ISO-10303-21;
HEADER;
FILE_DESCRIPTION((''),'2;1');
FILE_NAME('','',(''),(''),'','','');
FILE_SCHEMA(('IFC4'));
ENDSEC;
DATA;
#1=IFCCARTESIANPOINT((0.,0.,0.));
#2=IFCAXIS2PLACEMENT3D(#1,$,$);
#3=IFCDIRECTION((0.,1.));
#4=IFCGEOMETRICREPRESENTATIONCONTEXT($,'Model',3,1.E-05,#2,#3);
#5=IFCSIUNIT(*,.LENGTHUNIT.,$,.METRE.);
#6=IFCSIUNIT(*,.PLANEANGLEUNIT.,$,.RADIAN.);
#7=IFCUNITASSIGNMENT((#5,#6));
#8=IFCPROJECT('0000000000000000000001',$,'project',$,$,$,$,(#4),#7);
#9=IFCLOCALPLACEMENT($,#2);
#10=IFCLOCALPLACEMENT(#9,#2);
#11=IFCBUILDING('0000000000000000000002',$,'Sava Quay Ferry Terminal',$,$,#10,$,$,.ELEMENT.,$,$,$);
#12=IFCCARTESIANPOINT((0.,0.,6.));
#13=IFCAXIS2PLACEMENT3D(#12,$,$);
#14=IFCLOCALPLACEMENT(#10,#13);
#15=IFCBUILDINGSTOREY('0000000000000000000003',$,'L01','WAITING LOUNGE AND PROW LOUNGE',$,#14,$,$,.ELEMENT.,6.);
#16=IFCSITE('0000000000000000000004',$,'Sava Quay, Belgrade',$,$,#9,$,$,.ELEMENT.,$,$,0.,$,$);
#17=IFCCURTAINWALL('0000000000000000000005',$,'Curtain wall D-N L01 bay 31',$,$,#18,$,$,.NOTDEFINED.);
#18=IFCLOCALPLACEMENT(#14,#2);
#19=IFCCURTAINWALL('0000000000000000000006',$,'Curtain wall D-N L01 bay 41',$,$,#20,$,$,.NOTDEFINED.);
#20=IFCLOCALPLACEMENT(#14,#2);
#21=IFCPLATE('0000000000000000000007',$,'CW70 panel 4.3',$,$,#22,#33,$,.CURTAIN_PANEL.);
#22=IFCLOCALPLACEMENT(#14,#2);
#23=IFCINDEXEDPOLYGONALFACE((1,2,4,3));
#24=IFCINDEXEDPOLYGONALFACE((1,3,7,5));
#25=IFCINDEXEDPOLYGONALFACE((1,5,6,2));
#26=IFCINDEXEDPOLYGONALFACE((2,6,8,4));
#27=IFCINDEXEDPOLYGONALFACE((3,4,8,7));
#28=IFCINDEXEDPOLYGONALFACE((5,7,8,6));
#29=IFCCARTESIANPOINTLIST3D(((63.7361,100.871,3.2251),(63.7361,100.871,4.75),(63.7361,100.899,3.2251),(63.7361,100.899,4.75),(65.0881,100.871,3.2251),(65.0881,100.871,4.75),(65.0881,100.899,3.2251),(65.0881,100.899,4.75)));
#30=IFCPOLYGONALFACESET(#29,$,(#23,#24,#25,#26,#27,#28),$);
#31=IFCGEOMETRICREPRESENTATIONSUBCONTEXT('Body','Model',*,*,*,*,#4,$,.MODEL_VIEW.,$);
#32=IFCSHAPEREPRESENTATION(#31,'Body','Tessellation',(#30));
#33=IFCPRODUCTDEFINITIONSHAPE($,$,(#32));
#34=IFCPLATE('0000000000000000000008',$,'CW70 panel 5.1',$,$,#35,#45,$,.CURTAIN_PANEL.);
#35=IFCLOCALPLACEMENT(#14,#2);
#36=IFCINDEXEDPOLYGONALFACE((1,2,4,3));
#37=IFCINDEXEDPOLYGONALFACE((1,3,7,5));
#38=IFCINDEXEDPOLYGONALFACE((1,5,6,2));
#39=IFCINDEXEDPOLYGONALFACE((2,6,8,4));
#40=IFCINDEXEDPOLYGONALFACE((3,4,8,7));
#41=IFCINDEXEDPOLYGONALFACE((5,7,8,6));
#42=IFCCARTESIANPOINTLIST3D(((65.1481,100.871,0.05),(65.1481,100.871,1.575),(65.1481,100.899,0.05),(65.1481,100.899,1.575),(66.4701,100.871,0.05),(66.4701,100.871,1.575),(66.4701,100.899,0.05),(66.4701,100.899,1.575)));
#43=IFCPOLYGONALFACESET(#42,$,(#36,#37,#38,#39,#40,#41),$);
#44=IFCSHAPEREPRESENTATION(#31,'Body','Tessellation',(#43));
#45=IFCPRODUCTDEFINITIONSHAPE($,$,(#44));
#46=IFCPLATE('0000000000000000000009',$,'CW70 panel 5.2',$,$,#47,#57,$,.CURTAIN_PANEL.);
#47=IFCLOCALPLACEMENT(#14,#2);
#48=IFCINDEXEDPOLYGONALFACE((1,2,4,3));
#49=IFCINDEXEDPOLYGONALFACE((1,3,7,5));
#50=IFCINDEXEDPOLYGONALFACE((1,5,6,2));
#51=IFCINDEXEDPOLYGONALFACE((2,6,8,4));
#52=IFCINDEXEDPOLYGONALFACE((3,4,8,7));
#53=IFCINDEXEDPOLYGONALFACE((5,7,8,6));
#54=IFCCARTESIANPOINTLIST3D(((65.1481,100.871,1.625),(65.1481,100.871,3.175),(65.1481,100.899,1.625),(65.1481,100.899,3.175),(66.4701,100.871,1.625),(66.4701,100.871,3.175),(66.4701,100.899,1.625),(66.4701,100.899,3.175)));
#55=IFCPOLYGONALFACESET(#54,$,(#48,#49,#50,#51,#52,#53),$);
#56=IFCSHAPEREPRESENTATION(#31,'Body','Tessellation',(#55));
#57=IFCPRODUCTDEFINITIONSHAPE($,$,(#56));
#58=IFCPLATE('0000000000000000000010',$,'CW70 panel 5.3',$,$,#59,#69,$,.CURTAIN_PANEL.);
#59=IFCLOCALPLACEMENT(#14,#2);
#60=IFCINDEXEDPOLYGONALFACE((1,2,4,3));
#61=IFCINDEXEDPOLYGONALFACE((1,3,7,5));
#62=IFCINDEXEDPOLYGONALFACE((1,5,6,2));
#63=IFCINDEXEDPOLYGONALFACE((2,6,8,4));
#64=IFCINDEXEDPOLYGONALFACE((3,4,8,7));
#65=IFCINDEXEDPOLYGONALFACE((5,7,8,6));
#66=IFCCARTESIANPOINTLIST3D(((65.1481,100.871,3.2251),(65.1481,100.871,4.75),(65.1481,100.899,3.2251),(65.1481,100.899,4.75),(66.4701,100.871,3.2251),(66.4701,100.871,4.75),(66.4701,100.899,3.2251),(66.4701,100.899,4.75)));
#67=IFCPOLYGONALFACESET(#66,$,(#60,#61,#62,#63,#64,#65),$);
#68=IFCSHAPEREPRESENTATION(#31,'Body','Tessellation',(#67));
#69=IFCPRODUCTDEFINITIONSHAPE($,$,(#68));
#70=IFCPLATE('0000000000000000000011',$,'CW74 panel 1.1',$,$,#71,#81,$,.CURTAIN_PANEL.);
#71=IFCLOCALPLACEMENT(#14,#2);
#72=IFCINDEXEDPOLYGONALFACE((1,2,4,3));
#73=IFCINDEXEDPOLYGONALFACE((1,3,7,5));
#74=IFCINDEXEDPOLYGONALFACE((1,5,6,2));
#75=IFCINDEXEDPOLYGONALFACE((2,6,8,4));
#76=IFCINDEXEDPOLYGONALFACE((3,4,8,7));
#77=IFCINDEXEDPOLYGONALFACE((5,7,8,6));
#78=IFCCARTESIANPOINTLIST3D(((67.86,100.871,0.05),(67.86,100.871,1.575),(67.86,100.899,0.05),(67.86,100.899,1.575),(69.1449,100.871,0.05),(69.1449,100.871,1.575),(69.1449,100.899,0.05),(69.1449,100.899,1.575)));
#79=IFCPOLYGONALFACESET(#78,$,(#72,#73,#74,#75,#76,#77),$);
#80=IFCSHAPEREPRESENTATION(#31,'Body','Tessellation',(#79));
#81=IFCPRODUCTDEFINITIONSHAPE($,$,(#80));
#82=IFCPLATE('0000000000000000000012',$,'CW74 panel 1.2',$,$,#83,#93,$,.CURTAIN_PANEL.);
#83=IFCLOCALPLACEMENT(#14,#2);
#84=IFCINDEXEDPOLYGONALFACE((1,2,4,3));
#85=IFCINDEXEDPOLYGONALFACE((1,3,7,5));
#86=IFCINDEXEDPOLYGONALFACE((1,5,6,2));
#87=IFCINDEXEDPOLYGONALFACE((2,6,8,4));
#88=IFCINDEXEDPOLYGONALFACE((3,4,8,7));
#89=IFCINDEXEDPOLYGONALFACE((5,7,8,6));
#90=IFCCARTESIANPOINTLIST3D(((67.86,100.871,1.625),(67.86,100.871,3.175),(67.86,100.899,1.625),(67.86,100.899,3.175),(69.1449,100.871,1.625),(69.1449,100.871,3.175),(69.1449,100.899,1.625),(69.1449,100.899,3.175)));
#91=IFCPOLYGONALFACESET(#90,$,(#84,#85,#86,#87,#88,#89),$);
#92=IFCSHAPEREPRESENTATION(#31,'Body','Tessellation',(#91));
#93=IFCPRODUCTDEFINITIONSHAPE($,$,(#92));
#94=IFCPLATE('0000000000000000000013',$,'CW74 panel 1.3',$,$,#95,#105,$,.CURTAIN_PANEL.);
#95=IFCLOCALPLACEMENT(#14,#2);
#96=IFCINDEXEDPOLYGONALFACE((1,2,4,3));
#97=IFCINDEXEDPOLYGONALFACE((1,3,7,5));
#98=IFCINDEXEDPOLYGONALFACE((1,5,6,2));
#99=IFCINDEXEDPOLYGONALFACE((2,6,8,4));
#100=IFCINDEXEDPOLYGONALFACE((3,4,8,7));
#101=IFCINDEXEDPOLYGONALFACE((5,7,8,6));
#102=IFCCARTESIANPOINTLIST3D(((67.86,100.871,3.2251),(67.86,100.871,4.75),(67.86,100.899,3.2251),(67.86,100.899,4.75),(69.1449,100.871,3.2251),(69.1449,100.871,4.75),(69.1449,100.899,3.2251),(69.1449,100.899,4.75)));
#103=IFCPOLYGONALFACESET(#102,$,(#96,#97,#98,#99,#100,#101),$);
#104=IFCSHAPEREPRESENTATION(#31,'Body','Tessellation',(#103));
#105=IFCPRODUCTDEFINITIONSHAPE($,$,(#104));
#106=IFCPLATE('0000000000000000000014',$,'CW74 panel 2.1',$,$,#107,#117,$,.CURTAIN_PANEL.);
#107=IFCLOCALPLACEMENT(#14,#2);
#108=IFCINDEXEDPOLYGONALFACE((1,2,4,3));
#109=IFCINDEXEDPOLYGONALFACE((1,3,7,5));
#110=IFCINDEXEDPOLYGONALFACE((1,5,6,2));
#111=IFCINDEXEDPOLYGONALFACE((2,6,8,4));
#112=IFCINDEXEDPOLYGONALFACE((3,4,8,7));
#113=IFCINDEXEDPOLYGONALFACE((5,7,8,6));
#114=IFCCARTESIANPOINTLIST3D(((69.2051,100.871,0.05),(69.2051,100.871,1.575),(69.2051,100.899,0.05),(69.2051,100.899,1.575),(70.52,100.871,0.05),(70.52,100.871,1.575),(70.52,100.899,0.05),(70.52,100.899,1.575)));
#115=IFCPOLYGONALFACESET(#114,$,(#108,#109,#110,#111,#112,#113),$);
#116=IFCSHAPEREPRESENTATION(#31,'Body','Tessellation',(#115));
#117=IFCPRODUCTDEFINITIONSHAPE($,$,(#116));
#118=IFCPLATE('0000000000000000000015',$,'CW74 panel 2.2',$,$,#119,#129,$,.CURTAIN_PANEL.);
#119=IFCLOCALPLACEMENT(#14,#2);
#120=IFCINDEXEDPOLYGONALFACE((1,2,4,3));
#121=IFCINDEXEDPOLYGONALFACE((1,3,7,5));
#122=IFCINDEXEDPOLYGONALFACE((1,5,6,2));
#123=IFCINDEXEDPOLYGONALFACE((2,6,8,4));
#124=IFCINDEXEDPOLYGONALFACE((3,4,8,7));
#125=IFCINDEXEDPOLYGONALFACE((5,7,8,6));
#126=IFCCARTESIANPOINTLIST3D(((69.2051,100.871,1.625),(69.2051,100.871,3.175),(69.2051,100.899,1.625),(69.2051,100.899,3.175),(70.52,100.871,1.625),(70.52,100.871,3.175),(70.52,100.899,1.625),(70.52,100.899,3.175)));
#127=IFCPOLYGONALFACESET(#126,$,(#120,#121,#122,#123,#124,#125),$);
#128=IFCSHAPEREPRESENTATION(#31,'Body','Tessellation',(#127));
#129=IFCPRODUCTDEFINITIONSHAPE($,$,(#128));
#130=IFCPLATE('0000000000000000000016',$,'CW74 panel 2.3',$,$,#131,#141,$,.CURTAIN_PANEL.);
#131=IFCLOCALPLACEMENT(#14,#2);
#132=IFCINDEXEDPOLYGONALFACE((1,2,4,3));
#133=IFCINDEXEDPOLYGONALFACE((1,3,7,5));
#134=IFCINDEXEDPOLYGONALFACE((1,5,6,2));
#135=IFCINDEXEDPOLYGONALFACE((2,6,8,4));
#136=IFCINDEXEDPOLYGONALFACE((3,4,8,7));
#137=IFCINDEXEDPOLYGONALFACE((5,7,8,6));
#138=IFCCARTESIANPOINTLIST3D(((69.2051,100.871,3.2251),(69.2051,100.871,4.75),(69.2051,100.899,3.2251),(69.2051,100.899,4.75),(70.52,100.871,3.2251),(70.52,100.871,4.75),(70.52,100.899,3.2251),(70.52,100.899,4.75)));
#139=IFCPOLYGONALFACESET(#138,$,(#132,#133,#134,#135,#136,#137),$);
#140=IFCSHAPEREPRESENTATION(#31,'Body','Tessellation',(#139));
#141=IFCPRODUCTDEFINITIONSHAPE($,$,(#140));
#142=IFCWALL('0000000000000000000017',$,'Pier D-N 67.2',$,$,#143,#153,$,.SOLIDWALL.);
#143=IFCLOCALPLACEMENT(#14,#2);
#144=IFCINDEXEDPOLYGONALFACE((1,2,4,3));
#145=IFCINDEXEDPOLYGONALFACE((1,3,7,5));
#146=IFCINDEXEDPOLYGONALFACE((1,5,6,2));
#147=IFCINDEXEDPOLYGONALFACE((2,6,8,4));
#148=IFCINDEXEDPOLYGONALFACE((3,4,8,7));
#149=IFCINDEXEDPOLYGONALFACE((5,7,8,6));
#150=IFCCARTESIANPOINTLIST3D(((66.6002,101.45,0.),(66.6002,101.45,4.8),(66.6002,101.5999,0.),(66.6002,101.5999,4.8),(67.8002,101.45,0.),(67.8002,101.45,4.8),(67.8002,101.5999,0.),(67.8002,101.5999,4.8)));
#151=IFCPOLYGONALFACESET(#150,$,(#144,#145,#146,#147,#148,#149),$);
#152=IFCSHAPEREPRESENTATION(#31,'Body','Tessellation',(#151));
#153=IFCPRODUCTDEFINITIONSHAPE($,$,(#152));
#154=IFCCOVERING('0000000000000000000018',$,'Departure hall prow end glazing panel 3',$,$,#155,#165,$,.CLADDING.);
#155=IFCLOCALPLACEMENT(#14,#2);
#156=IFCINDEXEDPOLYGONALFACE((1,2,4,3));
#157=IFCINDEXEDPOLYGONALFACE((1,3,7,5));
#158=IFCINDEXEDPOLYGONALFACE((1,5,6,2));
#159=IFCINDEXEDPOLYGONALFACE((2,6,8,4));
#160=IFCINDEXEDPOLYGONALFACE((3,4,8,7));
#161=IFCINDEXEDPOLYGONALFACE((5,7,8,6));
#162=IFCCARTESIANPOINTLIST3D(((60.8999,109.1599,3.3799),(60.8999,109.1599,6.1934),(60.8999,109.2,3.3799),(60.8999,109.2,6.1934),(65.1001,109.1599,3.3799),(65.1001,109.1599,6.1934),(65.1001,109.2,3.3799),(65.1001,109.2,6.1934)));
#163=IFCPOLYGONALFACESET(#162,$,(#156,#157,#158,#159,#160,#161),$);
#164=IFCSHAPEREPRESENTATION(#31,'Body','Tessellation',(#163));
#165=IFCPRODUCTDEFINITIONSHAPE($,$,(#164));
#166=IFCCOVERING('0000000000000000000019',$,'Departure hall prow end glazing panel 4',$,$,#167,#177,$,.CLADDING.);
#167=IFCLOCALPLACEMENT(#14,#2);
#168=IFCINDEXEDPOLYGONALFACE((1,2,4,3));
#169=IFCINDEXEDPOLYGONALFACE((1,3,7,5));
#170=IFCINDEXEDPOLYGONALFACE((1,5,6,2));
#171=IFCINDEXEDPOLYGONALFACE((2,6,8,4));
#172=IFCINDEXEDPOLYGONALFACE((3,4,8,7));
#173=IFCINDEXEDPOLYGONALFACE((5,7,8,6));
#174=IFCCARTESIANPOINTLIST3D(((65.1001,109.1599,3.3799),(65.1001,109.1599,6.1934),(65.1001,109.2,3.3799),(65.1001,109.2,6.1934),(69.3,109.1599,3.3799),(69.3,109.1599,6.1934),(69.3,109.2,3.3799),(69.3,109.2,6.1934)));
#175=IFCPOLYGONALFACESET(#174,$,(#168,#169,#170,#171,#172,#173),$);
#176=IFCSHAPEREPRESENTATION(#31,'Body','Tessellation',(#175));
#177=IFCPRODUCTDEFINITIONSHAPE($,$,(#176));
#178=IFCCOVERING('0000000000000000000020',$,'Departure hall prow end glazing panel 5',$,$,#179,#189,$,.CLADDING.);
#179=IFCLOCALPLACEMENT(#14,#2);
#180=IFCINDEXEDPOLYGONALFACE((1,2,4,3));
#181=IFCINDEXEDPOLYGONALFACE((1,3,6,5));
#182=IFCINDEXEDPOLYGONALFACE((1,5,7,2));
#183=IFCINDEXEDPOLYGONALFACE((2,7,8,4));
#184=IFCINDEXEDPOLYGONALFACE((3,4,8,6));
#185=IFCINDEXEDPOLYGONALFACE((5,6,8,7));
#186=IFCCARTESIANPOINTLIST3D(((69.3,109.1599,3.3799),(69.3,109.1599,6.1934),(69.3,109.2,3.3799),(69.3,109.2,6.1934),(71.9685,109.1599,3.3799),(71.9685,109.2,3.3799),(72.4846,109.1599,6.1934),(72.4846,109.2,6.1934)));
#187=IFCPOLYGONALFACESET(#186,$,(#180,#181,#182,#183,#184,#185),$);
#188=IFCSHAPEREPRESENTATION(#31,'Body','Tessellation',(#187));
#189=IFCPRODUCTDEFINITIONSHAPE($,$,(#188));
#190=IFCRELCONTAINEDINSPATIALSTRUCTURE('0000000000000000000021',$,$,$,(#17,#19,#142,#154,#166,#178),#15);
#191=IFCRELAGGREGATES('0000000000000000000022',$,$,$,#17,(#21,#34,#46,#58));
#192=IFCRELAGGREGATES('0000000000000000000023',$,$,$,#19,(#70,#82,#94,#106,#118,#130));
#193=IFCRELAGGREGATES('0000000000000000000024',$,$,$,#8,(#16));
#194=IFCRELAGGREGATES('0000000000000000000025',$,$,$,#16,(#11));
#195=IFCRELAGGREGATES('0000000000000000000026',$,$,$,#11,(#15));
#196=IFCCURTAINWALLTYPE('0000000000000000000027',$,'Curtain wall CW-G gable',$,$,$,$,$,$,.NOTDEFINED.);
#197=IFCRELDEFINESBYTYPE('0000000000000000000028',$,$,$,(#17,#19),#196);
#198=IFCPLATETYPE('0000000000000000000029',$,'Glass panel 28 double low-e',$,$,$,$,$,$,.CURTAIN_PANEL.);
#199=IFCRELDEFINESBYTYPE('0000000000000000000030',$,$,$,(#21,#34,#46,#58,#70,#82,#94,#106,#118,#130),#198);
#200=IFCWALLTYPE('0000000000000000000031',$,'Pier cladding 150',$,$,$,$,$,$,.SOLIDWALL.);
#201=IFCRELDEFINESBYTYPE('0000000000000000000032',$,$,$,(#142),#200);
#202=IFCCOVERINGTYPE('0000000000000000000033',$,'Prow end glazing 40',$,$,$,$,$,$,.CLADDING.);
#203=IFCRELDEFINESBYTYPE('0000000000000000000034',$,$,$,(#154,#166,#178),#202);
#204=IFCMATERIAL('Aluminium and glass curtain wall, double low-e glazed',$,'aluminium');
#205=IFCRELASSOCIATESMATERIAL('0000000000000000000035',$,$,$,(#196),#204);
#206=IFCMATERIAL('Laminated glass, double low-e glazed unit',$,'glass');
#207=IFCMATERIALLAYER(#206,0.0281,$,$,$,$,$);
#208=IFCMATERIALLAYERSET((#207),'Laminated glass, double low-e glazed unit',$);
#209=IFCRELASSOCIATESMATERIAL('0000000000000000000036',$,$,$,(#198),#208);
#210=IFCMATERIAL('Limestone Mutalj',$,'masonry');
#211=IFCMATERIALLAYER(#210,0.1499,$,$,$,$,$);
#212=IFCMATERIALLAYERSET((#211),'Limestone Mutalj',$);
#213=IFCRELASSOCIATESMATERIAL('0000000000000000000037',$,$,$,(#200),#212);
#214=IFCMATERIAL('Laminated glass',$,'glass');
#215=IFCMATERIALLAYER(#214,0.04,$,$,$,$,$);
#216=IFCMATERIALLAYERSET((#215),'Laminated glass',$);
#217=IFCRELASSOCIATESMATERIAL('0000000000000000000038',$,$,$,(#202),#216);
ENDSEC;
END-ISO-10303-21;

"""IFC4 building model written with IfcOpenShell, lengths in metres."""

from ifc_helpers import new_model, si_unit, direction, frame, frame_2d, origin, origin_2d, place, context, subcontext, project, spatial, polyline, rectangle, outline, extrude, material, layer, layer_set, type_object, element, aggregate, save


model = new_model("IFC4")

# Units and contexts
model_context = context("Model", 3, precision=1e-05, world=origin(), true_north=direction((0.0, 1.0)))
body_context = subcontext(model_context, "Body", "Model", "MODEL_VIEW")
ifc_project = project(units=[si_unit("LENGTHUNIT", "METRE"), si_unit("PLANEANGLEUNIT", "RADIAN")], contexts=[model_context])

# Site, building, storey
site_placement = place(None, origin())
site = spatial("IfcSite", under=ifc_project, at=site_placement, Name="Sava Quay, Belgrade", CompositionType="ELEMENT", RefElevation=0.0)
building_placement = place(site_placement, origin())
building = spatial("IfcBuilding", under=site, at=building_placement, Name="Sava Quay Ferry Terminal", CompositionType="ELEMENT")
storey_placement = place(building_placement, frame((0.0, 0.0, 6.0)))
storey = spatial("IfcBuildingStorey", under=building, at=storey_placement, Name="L01", Description="WAITING LOUNGE AND PROW LOUNGE", CompositionType="ELEMENT", Elevation=6.0)

# Curtain walls
ifc_material_1 = material(Name="Aluminium and glass curtain wall, double low-e glazed", Category="aluminium")
curtain_wall_type = type_object("IfcCurtainWallType", Name="Curtain wall CW-G gable", PredefinedType="NOTDEFINED", material=ifc_material_1)
curtain_wall_1_placement = place(storey_placement, origin())
curtain_wall_1 = element("IfcCurtainWall", 1, at=curtain_wall_1_placement, inside=storey, type_object=curtain_wall_type, Name="Curtain wall D-N L01 bay 31", PredefinedType="NOTDEFINED")
curtain_wall_2_placement = place(storey_placement, origin())
curtain_wall_2 = element("IfcCurtainWall", 2, at=curtain_wall_2_placement, inside=storey, type_object=curtain_wall_type, Name="Curtain wall D-N L01 bay 41", PredefinedType="NOTDEFINED")

# Plates
ifc_material_2 = material(Name="Laminated glass, double low-e glazed unit", Category="glass")
ifc_layer_1 = layer(ifc_material_2, 0.0281)
ifc_layer_set_1 = layer_set([ifc_layer_1], Name="Laminated glass, double low-e glazed unit")
plate_type = type_object("IfcPlateType", Name="Glass panel 28 double low-e", PredefinedType="CURTAIN_PANEL", material=ifc_layer_set_1)
plate_1_placement = place(storey_placement, frame((64.4121, 100.885, 3.2251), z_axis=(0.0, 0.0, 1.0), x_axis=(1.0, 0.0, 0.0)))
plate_1 = element("IfcPlate", 3, at=plate_1_placement, type_object=plate_type, Name="CW70 panel 4.3", PredefinedType="CURTAIN_PANEL", context=body_context, shape_type="SweptSolid", body=[
    extrude(rectangle(XDim=1.3521, YDim=0.0281, at=origin_2d()), origin(), (0.0, 0.0, 1.0), 1.5249),
])
plate_2_placement = place(storey_placement, frame((65.8091, 100.885, 0.05), z_axis=(0.0, 0.0, 1.0), x_axis=(1.0, 0.0, 0.0)))
plate_2 = element("IfcPlate", 4, at=plate_2_placement, type_object=plate_type, Name="CW70 panel 5.1", PredefinedType="CURTAIN_PANEL", context=body_context, shape_type="SweptSolid", body=[
    extrude(rectangle(XDim=1.322, YDim=0.0281, at=origin_2d()), origin(), (0.0, 0.0, 1.0), 1.5249),
])
plate_3_placement = place(storey_placement, frame((65.8091, 100.885, 1.625), z_axis=(0.0, 0.0, 1.0), x_axis=(1.0, 0.0, 0.0)))
plate_3 = element("IfcPlate", 5, at=plate_3_placement, type_object=plate_type, Name="CW70 panel 5.2", PredefinedType="CURTAIN_PANEL", context=body_context, shape_type="SweptSolid", body=[
    extrude(rectangle(XDim=1.322, YDim=0.0281, at=origin_2d()), origin(), (0.0, 0.0, 1.0), 1.55),
])
plate_4_placement = place(storey_placement, frame((65.8091, 100.885, 3.2251), z_axis=(0.0, 0.0, 1.0), x_axis=(1.0, 0.0, 0.0)))
plate_4 = element("IfcPlate", 6, at=plate_4_placement, type_object=plate_type, Name="CW70 panel 5.3", PredefinedType="CURTAIN_PANEL", context=body_context, shape_type="SweptSolid", body=[
    extrude(rectangle(XDim=1.322, YDim=0.0281, at=origin_2d()), origin(), (0.0, 0.0, 1.0), 1.5249),
])
aggregate(curtain_wall_1, [plate_1, plate_2, plate_3, plate_4])
plate_5_placement = place(storey_placement, frame((68.5024, 100.885, 0.05), z_axis=(0.0, 0.0, 1.0), x_axis=(1.0, 0.0, 0.0)))
plate_5 = element("IfcPlate", 7, at=plate_5_placement, type_object=plate_type, Name="CW74 panel 1.1", PredefinedType="CURTAIN_PANEL", context=body_context, shape_type="SweptSolid", body=[
    extrude(rectangle(XDim=1.2849, YDim=0.0281, at=origin_2d()), origin(), (0.0, 0.0, 1.0), 1.5249),
])
plate_6_placement = place(storey_placement, frame((68.5024, 100.885, 1.625), z_axis=(0.0, 0.0, 1.0), x_axis=(1.0, 0.0, 0.0)))
plate_6 = element("IfcPlate", 8, at=plate_6_placement, type_object=plate_type, Name="CW74 panel 1.2", PredefinedType="CURTAIN_PANEL", context=body_context, shape_type="SweptSolid", body=[
    extrude(rectangle(XDim=1.2849, YDim=0.0281, at=origin_2d()), origin(), (0.0, 0.0, 1.0), 1.55),
])
plate_7_placement = place(storey_placement, frame((68.5024, 100.885, 3.2251), z_axis=(0.0, 0.0, 1.0), x_axis=(1.0, 0.0, 0.0)))
plate_7 = element("IfcPlate", 9, at=plate_7_placement, type_object=plate_type, Name="CW74 panel 1.3", PredefinedType="CURTAIN_PANEL", context=body_context, shape_type="SweptSolid", body=[
    extrude(rectangle(XDim=1.2849, YDim=0.0281, at=origin_2d()), origin(), (0.0, 0.0, 1.0), 1.5249),
])
plate_8_placement = place(storey_placement, frame((69.8625, 100.885, 0.05), z_axis=(0.0, 0.0, 1.0), x_axis=(1.0, 0.0, 0.0)))
plate_8 = element("IfcPlate", 10, at=plate_8_placement, type_object=plate_type, Name="CW74 panel 2.1", PredefinedType="CURTAIN_PANEL", context=body_context, shape_type="SweptSolid", body=[
    extrude(rectangle(XDim=1.3149, YDim=0.0281, at=origin_2d()), origin(), (0.0, 0.0, 1.0), 1.5249),
])
plate_9_placement = place(storey_placement, frame((69.8625, 100.885, 1.625), z_axis=(0.0, 0.0, 1.0), x_axis=(1.0, 0.0, 0.0)))
plate_9 = element("IfcPlate", 11, at=plate_9_placement, type_object=plate_type, Name="CW74 panel 2.2", PredefinedType="CURTAIN_PANEL", context=body_context, shape_type="SweptSolid", body=[
    extrude(rectangle(XDim=1.3149, YDim=0.0281, at=origin_2d()), origin(), (0.0, 0.0, 1.0), 1.55),
])
plate_10_placement = place(storey_placement, frame((69.8625, 100.885, 3.2251), z_axis=(0.0, 0.0, 1.0), x_axis=(1.0, 0.0, 0.0)))
plate_10 = element("IfcPlate", 12, at=plate_10_placement, type_object=plate_type, Name="CW74 panel 2.3", PredefinedType="CURTAIN_PANEL", context=body_context, shape_type="SweptSolid", body=[
    extrude(rectangle(XDim=1.3149, YDim=0.0281, at=origin_2d()), origin(), (0.0, 0.0, 1.0), 1.5249),
])
aggregate(curtain_wall_2, [plate_5, plate_6, plate_7, plate_8, plate_9, plate_10])

# Wall
ifc_material_3 = material(Name="Limestone Mutalj", Category="masonry")
ifc_layer_2 = layer(ifc_material_3, 0.1499)
ifc_layer_set_2 = layer_set([ifc_layer_2], Name="Limestone Mutalj")
wall_type = type_object("IfcWallType", Name="Pier cladding 150", PredefinedType="SOLIDWALL", material=ifc_layer_set_2)
wall_placement = place(storey_placement, frame((66.6001, 101.5249, 0.0), z_axis=(0.0, 0.0, 1.0), x_axis=(1.0, 0.0, 0.0)))
element("IfcWall", 13, at=wall_placement, inside=storey, type_object=wall_type, Name="Pier D-N 67.2", PredefinedType="SOLIDWALL", context=body_context, shape_type="SweptSolid", body=[
    extrude(rectangle(XDim=1.2, YDim=0.1499, at=frame_2d((0.6001, 0.0))), origin(), (0.0, 0.0, 1.0), 4.8),
])

# Coverings
ifc_material_4 = material(Name="Laminated glass", Category="glass")
ifc_layer_3 = layer(ifc_material_4, 0.04)
ifc_layer_set_3 = layer_set([ifc_layer_3], Name="Laminated glass")
covering_type = type_object("IfcCoveringType", Name="Prow end glazing 40", PredefinedType="CLADDING", material=ifc_layer_set_3)
covering_1_placement = place(storey_placement, frame((60.8999, 109.2, 3.3799), z_axis=(0.0, 1.0, 0.0), x_axis=(0.0, 0.0, 1.0)))
element("IfcCovering", 14, at=covering_1_placement, inside=storey, type_object=covering_type, Name="Departure hall prow end glazing panel 3", PredefinedType="CLADDING", context=body_context, shape_type="SweptSolid", body=[
    extrude(outline(polyline([(0.0, 0.0), (2.8135, 0.0), (2.8135, 4.2002), (0.0, 4.2002), (0.0, 0.0)])), origin(), (0.0, 0.0, -1.0), 0.04),
])
covering_2_placement = place(storey_placement, frame((65.1001, 109.2, 3.3799), z_axis=(0.0, 1.0, 0.0), x_axis=(0.0, 0.0, 1.0)))
element("IfcCovering", 15, at=covering_2_placement, inside=storey, type_object=covering_type, Name="Departure hall prow end glazing panel 4", PredefinedType="CLADDING", context=body_context, shape_type="SweptSolid", body=[
    extrude(outline(polyline([(0.0, 0.0), (2.8135, 0.0), (2.8135, 4.2), (0.0, 4.2), (0.0, 0.0)])), origin(), (0.0, 0.0, -1.0), 0.04),
])
covering_3_placement = place(storey_placement, frame((69.3, 109.2, 3.3799), z_axis=(0.0, 1.0, 0.0), x_axis=(0.0, 0.0, 1.0)))
element("IfcCovering", 16, at=covering_3_placement, inside=storey, type_object=covering_type, Name="Departure hall prow end glazing panel 5", PredefinedType="CLADDING", context=body_context, shape_type="SweptSolid", body=[
    extrude(outline(polyline([(0.0, 0.0), (2.8135, 0.0), (2.8135, 3.1846), (0.0, 2.6685), (0.0, 0.0)])), origin(), (0.0, 0.0, -1.0), 0.04),
])

save(model, "model.ifc")
